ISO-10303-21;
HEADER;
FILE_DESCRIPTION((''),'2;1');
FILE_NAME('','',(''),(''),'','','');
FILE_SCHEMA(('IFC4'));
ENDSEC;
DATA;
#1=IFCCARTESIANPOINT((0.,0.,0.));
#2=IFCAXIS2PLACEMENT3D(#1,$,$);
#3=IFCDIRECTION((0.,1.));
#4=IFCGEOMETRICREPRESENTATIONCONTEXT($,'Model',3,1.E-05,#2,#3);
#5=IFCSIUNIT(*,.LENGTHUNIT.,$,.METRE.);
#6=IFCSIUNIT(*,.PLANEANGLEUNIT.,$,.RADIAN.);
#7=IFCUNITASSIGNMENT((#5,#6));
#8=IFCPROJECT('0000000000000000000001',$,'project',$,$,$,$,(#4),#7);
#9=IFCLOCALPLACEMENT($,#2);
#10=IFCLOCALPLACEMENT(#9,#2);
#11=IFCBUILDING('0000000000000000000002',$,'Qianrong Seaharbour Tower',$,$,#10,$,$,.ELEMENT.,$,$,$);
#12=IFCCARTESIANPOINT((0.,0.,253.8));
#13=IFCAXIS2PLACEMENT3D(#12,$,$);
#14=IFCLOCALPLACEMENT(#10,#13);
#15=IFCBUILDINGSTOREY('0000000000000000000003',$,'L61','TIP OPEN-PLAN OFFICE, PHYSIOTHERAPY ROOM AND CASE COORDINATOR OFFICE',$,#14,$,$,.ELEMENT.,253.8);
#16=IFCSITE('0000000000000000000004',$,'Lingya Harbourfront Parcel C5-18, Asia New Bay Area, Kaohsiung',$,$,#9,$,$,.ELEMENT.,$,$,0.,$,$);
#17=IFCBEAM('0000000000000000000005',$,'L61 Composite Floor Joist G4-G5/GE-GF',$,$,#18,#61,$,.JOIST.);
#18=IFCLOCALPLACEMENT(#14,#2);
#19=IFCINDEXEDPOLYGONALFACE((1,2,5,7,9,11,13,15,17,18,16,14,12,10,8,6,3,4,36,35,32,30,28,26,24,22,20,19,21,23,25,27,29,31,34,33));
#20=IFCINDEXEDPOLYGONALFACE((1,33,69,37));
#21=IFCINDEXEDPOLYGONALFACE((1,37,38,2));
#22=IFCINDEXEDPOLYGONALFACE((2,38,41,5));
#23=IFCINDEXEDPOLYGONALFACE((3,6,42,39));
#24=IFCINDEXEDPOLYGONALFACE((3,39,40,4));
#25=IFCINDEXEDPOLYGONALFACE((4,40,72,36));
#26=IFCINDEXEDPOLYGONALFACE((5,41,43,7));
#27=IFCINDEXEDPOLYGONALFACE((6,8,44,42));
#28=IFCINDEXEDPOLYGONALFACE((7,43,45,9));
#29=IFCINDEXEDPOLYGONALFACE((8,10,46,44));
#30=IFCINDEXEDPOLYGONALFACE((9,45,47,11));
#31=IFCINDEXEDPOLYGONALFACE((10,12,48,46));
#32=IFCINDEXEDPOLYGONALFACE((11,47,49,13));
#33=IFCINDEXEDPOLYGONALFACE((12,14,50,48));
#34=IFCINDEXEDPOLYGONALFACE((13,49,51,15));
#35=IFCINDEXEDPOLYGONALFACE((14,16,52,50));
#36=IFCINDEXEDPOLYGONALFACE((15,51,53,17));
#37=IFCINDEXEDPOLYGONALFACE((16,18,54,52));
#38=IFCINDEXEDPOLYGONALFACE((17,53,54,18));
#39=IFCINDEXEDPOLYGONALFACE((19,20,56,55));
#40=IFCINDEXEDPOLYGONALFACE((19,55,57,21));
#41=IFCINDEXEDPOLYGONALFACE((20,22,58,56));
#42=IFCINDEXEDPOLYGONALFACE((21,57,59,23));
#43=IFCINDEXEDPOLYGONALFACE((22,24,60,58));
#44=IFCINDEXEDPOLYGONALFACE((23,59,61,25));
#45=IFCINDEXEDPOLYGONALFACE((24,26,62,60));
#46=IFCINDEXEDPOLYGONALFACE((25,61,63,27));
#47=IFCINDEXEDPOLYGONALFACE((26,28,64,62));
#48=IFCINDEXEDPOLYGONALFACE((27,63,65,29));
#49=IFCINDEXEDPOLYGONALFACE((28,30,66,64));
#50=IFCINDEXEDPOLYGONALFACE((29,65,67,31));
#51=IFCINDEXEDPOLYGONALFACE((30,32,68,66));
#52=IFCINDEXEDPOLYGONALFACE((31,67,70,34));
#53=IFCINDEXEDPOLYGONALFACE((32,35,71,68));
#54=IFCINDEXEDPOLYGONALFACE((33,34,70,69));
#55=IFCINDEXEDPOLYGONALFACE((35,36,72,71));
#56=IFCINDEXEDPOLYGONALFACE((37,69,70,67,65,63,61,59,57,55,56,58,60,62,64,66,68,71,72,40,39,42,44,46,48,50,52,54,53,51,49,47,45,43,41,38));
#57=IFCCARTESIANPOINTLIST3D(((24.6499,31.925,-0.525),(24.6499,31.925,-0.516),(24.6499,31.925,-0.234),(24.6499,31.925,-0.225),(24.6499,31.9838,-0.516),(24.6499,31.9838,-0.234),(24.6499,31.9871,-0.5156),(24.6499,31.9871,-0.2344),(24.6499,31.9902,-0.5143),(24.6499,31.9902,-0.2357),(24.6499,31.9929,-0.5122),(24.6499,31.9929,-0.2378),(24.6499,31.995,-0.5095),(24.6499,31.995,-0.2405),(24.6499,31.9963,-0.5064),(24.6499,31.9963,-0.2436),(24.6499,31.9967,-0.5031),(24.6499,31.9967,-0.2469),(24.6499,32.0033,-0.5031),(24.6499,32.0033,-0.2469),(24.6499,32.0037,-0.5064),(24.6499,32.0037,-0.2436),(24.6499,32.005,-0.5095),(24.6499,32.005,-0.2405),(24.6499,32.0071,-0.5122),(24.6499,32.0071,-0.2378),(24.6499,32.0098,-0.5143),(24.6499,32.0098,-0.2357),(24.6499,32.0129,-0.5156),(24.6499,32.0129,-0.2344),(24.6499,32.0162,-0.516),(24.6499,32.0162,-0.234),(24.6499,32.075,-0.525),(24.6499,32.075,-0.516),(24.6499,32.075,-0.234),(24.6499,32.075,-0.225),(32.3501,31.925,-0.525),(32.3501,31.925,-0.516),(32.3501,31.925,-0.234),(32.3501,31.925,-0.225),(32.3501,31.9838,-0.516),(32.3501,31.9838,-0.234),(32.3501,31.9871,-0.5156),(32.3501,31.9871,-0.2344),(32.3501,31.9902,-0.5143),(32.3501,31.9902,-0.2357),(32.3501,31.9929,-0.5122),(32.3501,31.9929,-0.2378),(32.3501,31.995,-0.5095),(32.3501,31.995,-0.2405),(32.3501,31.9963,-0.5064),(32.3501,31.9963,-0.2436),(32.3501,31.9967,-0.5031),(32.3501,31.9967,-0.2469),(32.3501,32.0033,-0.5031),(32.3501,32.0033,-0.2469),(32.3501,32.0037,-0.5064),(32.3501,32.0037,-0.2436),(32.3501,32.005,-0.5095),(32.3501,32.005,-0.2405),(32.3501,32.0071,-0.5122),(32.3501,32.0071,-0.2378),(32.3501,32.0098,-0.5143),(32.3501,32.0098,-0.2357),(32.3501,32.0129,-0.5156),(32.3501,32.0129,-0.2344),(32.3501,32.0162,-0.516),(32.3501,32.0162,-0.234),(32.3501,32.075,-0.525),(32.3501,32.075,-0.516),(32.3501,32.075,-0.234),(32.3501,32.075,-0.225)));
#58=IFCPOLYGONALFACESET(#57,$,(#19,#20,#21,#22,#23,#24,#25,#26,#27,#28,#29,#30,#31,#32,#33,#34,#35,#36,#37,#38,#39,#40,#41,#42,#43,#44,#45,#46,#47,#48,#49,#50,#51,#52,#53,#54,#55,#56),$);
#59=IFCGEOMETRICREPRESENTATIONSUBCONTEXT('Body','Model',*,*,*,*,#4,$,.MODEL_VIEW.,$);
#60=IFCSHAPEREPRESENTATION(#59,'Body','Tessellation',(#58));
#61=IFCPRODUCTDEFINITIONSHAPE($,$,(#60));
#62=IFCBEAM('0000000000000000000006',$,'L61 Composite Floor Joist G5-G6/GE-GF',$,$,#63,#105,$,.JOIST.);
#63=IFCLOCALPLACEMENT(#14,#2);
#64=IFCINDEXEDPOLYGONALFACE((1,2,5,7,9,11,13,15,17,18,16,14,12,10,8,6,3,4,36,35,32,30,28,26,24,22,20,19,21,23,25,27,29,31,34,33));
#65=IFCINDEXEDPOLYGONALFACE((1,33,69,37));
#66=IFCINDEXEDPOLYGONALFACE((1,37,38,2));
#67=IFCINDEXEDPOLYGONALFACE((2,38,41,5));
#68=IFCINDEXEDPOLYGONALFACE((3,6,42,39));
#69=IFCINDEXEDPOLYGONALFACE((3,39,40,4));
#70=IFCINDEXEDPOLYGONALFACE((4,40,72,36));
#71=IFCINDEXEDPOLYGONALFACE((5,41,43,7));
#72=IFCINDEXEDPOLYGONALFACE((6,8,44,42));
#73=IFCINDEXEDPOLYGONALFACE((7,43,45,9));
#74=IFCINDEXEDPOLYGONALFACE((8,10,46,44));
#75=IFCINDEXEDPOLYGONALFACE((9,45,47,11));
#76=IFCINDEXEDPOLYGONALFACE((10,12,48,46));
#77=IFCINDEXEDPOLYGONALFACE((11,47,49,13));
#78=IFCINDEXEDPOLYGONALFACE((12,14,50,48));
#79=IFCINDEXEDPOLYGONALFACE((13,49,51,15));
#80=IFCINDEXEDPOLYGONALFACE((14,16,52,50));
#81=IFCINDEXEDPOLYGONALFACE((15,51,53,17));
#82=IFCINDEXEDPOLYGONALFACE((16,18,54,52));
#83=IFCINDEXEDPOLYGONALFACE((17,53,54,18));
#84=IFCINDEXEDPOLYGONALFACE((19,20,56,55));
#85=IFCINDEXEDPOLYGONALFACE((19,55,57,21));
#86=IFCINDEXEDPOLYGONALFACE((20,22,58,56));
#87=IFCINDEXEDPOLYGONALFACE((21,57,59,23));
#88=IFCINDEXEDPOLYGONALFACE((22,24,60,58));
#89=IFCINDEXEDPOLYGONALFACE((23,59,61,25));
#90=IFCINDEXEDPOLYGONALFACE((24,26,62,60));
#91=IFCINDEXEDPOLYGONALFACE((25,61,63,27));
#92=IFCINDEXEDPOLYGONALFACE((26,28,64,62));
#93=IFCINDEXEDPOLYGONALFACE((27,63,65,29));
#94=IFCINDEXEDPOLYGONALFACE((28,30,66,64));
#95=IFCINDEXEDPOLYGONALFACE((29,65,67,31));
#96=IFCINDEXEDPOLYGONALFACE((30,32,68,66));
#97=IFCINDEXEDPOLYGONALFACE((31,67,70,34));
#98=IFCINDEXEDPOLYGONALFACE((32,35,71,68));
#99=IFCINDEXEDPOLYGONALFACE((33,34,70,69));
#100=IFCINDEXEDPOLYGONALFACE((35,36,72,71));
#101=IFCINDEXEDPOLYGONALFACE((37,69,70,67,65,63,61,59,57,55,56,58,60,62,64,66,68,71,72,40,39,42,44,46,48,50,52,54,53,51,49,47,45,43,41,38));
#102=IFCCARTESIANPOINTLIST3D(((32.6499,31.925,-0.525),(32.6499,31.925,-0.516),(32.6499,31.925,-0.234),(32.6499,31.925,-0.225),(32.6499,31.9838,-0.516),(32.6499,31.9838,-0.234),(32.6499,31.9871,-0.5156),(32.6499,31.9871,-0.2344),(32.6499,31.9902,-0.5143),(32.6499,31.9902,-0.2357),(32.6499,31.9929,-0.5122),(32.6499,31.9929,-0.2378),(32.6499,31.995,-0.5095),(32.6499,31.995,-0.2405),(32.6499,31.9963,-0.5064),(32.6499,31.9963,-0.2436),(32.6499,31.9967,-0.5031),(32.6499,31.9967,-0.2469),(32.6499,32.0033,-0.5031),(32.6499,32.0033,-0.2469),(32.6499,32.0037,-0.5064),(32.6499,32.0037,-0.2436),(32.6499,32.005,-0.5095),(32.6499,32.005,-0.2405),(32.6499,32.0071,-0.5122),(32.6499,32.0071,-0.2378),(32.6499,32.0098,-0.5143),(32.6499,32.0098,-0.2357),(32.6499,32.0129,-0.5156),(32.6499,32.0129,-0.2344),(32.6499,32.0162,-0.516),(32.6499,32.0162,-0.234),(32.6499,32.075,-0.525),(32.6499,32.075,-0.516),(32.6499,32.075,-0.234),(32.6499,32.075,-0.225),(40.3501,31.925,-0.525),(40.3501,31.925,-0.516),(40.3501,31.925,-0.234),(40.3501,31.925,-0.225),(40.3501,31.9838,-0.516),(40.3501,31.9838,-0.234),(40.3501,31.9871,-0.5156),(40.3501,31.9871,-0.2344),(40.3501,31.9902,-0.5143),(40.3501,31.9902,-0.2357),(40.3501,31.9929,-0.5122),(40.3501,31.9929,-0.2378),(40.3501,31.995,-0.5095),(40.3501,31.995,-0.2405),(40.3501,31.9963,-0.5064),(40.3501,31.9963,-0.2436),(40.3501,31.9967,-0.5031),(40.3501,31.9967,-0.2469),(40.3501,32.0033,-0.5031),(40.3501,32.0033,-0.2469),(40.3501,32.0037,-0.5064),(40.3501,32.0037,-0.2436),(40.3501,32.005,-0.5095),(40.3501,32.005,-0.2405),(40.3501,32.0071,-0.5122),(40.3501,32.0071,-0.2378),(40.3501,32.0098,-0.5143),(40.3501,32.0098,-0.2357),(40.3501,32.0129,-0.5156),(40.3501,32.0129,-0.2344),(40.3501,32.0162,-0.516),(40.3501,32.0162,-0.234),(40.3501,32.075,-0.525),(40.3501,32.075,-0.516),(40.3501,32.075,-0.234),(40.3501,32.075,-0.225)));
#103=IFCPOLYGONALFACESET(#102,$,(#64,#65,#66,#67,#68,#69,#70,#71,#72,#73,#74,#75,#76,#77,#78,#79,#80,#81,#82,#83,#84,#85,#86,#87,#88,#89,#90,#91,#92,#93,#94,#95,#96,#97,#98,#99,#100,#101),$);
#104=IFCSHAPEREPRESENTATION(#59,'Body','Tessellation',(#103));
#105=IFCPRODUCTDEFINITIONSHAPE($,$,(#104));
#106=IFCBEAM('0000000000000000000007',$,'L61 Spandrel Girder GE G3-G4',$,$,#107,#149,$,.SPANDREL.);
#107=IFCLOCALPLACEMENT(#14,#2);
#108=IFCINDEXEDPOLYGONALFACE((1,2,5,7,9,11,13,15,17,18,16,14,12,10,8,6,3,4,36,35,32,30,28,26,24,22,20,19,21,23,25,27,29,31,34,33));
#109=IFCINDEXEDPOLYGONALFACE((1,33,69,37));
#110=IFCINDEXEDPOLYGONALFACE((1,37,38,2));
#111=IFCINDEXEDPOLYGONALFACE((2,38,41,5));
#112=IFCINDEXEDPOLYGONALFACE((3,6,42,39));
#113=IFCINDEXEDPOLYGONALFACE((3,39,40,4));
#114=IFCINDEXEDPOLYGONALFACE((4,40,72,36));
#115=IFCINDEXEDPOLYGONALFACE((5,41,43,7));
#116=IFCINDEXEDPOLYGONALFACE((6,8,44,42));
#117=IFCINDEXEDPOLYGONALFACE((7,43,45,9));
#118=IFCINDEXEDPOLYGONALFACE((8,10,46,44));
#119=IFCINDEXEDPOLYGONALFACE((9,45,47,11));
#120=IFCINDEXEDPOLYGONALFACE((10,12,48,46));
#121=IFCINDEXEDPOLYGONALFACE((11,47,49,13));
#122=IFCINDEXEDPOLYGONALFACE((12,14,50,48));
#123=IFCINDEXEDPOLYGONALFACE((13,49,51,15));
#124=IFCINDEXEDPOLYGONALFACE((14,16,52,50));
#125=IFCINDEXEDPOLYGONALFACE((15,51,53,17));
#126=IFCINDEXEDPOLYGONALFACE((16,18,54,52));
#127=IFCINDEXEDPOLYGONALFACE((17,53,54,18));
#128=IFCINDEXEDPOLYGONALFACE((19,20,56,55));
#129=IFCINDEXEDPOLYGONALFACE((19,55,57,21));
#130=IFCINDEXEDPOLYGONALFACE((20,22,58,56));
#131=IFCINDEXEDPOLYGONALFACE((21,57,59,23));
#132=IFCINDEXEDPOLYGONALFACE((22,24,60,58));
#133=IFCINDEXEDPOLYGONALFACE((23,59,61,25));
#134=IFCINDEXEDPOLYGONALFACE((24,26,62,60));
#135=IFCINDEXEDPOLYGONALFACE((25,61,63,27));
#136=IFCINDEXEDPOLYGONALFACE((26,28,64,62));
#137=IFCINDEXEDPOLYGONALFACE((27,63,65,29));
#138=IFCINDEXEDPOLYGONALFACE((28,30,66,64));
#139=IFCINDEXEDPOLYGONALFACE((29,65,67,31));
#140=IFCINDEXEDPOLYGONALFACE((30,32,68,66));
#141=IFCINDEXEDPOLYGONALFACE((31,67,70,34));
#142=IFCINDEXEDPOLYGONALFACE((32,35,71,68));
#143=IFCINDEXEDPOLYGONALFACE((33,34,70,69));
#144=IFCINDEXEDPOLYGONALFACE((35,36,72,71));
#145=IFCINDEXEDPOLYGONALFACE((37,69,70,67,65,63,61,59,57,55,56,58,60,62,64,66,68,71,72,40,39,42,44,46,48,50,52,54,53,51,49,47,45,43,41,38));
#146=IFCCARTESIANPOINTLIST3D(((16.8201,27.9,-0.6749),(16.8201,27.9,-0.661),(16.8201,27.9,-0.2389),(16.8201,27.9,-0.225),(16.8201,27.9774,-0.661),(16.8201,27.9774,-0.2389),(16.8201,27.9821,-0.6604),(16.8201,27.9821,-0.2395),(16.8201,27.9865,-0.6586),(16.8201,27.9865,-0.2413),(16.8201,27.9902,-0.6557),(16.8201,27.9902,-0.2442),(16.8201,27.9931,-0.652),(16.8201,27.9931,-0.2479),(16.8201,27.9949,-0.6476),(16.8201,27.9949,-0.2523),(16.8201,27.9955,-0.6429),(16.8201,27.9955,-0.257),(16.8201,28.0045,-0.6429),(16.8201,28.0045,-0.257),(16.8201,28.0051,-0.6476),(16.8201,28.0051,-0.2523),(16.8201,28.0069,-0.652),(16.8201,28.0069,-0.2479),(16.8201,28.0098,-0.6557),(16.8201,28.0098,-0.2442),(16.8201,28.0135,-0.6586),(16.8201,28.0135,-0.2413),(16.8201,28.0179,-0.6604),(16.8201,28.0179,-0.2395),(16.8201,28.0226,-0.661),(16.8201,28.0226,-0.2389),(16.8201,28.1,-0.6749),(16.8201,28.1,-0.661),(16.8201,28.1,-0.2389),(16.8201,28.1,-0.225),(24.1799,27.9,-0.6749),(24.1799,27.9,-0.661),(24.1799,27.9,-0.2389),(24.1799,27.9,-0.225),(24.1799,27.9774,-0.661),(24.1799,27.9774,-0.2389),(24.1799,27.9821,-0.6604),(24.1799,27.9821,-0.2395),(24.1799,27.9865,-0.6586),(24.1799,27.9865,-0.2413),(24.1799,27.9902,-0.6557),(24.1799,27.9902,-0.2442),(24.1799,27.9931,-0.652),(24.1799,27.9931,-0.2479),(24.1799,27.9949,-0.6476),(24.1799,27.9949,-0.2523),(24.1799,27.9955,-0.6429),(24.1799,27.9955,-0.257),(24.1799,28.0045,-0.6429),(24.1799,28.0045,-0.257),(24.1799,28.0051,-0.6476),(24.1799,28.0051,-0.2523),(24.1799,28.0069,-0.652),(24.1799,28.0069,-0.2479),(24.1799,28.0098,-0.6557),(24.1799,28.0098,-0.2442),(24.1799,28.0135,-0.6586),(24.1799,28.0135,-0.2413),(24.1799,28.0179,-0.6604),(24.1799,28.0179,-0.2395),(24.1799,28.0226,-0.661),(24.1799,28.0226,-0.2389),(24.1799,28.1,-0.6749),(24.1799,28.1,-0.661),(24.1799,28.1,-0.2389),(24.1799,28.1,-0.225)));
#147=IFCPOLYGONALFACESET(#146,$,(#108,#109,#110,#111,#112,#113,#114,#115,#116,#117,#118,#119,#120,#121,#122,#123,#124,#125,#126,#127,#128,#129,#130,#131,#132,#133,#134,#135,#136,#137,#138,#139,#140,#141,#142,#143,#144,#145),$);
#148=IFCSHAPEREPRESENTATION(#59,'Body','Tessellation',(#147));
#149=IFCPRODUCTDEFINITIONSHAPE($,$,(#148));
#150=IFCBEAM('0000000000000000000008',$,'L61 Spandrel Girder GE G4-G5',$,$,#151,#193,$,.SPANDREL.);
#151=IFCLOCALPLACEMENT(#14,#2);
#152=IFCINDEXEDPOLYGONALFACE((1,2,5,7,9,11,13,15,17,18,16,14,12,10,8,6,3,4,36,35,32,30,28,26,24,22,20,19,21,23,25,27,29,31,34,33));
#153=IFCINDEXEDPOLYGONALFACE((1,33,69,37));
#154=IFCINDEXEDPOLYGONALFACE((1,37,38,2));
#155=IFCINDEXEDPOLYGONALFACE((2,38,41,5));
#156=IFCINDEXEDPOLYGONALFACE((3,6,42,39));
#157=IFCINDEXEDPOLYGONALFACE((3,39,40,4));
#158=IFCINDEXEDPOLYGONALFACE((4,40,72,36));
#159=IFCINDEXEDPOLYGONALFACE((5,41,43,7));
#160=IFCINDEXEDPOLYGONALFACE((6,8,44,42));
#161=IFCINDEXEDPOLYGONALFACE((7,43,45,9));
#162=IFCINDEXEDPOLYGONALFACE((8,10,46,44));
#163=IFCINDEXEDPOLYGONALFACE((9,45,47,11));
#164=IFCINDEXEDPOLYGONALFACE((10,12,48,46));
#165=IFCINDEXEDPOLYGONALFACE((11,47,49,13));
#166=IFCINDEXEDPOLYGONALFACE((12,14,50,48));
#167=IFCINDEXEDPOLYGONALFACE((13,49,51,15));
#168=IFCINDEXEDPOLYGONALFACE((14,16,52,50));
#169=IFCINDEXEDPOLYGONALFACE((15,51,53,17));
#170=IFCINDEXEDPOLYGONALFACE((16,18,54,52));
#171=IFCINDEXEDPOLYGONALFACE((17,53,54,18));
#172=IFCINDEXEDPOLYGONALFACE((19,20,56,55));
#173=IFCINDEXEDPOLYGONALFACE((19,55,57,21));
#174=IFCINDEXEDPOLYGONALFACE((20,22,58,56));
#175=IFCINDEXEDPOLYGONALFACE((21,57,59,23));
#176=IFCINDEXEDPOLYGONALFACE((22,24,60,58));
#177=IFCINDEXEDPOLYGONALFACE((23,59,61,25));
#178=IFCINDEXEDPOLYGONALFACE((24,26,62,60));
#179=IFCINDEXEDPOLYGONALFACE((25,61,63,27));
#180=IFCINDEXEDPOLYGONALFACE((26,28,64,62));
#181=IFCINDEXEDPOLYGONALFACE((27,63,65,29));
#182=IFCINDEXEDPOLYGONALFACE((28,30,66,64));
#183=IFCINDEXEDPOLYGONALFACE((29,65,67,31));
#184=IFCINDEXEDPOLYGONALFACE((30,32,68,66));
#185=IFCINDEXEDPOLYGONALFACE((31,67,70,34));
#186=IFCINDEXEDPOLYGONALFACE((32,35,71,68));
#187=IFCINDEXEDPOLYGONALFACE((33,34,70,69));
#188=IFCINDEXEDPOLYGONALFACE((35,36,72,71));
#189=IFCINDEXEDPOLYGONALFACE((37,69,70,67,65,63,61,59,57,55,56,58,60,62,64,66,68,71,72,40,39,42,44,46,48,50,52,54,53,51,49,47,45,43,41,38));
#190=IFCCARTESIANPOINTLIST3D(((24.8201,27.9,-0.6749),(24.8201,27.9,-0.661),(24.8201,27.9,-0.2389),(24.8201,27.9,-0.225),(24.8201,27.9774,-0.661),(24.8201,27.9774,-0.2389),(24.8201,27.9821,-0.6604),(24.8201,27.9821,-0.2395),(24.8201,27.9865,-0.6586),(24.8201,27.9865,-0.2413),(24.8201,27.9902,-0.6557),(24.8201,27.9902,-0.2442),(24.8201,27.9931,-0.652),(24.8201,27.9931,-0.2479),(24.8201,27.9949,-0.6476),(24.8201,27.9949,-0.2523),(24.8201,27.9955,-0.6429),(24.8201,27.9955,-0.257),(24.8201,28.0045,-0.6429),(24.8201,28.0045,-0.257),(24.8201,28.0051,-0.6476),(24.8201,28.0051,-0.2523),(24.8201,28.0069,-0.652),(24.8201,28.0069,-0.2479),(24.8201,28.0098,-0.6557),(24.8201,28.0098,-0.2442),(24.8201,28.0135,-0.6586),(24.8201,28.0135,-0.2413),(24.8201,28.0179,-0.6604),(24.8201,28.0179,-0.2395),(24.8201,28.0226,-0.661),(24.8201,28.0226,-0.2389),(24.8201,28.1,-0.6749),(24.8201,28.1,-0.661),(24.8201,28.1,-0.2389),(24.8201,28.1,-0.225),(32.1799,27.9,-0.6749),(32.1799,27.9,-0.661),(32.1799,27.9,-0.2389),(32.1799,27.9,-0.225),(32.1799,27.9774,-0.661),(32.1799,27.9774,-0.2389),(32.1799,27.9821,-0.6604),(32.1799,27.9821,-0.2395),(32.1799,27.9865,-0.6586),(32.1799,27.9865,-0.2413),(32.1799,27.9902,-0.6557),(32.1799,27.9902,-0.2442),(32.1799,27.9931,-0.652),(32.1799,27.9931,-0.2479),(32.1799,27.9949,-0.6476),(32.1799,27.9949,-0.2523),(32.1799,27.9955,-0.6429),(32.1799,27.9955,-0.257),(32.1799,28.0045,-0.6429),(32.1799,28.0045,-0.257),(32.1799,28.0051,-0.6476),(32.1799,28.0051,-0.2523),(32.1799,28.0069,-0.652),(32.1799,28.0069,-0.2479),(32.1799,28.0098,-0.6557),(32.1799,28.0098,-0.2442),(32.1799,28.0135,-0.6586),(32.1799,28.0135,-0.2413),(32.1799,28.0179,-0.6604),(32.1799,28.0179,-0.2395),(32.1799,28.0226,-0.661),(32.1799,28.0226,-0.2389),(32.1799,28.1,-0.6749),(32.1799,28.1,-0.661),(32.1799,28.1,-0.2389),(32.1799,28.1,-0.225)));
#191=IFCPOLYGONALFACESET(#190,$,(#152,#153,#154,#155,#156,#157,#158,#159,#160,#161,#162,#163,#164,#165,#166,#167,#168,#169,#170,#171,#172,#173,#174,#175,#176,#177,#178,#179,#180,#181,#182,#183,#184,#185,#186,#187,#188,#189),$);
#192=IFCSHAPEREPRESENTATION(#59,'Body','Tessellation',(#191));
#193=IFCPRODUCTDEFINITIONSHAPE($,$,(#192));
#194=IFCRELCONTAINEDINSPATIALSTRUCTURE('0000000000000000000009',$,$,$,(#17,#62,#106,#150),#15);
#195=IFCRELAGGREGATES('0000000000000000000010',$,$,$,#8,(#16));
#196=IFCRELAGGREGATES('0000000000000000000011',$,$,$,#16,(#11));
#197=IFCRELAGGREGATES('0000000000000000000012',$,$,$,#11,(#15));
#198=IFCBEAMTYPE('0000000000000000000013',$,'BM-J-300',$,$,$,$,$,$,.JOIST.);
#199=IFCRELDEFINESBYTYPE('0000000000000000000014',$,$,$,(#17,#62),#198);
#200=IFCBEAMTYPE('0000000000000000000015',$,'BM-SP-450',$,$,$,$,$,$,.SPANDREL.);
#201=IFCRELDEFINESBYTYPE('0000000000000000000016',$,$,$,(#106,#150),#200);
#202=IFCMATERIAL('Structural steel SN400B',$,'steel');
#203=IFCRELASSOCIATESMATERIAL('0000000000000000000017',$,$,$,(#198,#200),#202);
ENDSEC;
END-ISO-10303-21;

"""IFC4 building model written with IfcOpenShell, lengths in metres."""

from ifc_helpers import new_model, si_unit, direction, frame, origin, origin_2d, place, context, subcontext, project, spatial, i_section, extrude, material, material_profile, profile_set, type_object, element, save


model = new_model("IFC4")

# Units and contexts
model_context = context("Model", 3, precision=1e-05, world=origin(), true_north=direction((0.0, 1.0)))
body_context = subcontext(model_context, "Body", "Model", "MODEL_VIEW")
ifc_project = project(units=[si_unit("LENGTHUNIT", "METRE"), si_unit("PLANEANGLEUNIT", "RADIAN")], contexts=[model_context])

# Site, building, storey
site_placement = place(None, origin())
site = spatial("IfcSite", under=ifc_project, at=site_placement, Name="Lingya Harbourfront Parcel C5-18, Asia New Bay Area, Kaohsiung", CompositionType="ELEMENT", RefElevation=0.0)
building_placement = place(site_placement, origin())
building = spatial("IfcBuilding", under=site, at=building_placement, Name="Qianrong Seaharbour Tower", CompositionType="ELEMENT")
storey_placement = place(building_placement, frame((0.0, 0.0, 253.8)))
storey = spatial("IfcBuildingStorey", under=building, at=storey_placement, Name="L61", Description="TIP OPEN-PLAN OFFICE, PHYSIOTHERAPY ROOM AND CASE COORDINATOR OFFICE", CompositionType="ELEMENT", Elevation=253.8)

# Beams
ifc_material_1 = material(Name="Structural steel SN400B", Category="steel")
ifc_material_profile_1 = material_profile(ifc_material_1, i_section(OverallWidth=0.1499, OverallDepth=0.3, WebThickness=0.0066, FlangeThickness=0.009, FilletRadius=0.0129, at=origin_2d()), Name="H300x150x6.5x9")
ifc_profile_set_1 = profile_set([ifc_material_profile_1], Name="Structural steel SN400B")
beam_type_1 = type_object("IfcBeamType", Name="BM-J-300", PredefinedType="JOIST", material=ifc_profile_set_1)
for number, where, z_axis, x_axis, name in (
    (1, (24.6499, 32.0, -0.375), (1.0, 0.0, 0.0), (0.0, 1.0, 0.0), "L61 Composite Floor Joist G4-G5/GE-GF"),
    (2, (32.6499, 32.0, -0.375), (1.0, 0.0, 0.0), (0.0, 1.0, 0.0), "L61 Composite Floor Joist G5-G6/GE-GF"),
):
    element("IfcBeam", number, at=place(storey_placement, frame(where, z_axis=z_axis, x_axis=x_axis)), inside=storey, type_object=beam_type_1, Name=name, PredefinedType="JOIST", context=body_context, shape_type="SweptSolid", body=[
        extrude(i_section(OverallWidth=0.1499, OverallDepth=0.3, WebThickness=0.0066, FlangeThickness=0.009, FilletRadius=0.0129, at=origin_2d()), origin(), (0.0, 0.0, 1.0), 7.7002),
    ])
ifc_material_profile_2 = material_profile(ifc_material_1, i_section(OverallWidth=0.2, OverallDepth=0.45, WebThickness=0.009, FlangeThickness=0.0139, FilletRadius=0.0181, at=origin_2d()), Name="H450x200x9x14")
ifc_profile_set_2 = profile_set([ifc_material_profile_2], Name="Structural steel SN400B")
beam_type_2 = type_object("IfcBeamType", Name="BM-SP-450", PredefinedType="SPANDREL", material=ifc_profile_set_2)
for number, where, z_axis, x_axis, name in (
    (3, (16.8201, 28.0, -0.45), (1.0, 0.0, 0.0), (0.0, 1.0, 0.0), "L61 Spandrel Girder GE G3-G4"),
    (4, (24.8201, 28.0, -0.45), (1.0, 0.0, 0.0), (0.0, 1.0, 0.0), "L61 Spandrel Girder GE G4-G5"),
):
    element("IfcBeam", number, at=place(storey_placement, frame(where, z_axis=z_axis, x_axis=x_axis)), inside=storey, type_object=beam_type_2, Name=name, PredefinedType="SPANDREL", context=body_context, shape_type="SweptSolid", body=[
        extrude(i_section(OverallWidth=0.2, OverallDepth=0.45, WebThickness=0.009, FlangeThickness=0.0139, FilletRadius=0.0181, at=origin_2d()), origin(), (0.0, 0.0, 1.0), 7.3599),
    ])

save(model, "model.ifc")
